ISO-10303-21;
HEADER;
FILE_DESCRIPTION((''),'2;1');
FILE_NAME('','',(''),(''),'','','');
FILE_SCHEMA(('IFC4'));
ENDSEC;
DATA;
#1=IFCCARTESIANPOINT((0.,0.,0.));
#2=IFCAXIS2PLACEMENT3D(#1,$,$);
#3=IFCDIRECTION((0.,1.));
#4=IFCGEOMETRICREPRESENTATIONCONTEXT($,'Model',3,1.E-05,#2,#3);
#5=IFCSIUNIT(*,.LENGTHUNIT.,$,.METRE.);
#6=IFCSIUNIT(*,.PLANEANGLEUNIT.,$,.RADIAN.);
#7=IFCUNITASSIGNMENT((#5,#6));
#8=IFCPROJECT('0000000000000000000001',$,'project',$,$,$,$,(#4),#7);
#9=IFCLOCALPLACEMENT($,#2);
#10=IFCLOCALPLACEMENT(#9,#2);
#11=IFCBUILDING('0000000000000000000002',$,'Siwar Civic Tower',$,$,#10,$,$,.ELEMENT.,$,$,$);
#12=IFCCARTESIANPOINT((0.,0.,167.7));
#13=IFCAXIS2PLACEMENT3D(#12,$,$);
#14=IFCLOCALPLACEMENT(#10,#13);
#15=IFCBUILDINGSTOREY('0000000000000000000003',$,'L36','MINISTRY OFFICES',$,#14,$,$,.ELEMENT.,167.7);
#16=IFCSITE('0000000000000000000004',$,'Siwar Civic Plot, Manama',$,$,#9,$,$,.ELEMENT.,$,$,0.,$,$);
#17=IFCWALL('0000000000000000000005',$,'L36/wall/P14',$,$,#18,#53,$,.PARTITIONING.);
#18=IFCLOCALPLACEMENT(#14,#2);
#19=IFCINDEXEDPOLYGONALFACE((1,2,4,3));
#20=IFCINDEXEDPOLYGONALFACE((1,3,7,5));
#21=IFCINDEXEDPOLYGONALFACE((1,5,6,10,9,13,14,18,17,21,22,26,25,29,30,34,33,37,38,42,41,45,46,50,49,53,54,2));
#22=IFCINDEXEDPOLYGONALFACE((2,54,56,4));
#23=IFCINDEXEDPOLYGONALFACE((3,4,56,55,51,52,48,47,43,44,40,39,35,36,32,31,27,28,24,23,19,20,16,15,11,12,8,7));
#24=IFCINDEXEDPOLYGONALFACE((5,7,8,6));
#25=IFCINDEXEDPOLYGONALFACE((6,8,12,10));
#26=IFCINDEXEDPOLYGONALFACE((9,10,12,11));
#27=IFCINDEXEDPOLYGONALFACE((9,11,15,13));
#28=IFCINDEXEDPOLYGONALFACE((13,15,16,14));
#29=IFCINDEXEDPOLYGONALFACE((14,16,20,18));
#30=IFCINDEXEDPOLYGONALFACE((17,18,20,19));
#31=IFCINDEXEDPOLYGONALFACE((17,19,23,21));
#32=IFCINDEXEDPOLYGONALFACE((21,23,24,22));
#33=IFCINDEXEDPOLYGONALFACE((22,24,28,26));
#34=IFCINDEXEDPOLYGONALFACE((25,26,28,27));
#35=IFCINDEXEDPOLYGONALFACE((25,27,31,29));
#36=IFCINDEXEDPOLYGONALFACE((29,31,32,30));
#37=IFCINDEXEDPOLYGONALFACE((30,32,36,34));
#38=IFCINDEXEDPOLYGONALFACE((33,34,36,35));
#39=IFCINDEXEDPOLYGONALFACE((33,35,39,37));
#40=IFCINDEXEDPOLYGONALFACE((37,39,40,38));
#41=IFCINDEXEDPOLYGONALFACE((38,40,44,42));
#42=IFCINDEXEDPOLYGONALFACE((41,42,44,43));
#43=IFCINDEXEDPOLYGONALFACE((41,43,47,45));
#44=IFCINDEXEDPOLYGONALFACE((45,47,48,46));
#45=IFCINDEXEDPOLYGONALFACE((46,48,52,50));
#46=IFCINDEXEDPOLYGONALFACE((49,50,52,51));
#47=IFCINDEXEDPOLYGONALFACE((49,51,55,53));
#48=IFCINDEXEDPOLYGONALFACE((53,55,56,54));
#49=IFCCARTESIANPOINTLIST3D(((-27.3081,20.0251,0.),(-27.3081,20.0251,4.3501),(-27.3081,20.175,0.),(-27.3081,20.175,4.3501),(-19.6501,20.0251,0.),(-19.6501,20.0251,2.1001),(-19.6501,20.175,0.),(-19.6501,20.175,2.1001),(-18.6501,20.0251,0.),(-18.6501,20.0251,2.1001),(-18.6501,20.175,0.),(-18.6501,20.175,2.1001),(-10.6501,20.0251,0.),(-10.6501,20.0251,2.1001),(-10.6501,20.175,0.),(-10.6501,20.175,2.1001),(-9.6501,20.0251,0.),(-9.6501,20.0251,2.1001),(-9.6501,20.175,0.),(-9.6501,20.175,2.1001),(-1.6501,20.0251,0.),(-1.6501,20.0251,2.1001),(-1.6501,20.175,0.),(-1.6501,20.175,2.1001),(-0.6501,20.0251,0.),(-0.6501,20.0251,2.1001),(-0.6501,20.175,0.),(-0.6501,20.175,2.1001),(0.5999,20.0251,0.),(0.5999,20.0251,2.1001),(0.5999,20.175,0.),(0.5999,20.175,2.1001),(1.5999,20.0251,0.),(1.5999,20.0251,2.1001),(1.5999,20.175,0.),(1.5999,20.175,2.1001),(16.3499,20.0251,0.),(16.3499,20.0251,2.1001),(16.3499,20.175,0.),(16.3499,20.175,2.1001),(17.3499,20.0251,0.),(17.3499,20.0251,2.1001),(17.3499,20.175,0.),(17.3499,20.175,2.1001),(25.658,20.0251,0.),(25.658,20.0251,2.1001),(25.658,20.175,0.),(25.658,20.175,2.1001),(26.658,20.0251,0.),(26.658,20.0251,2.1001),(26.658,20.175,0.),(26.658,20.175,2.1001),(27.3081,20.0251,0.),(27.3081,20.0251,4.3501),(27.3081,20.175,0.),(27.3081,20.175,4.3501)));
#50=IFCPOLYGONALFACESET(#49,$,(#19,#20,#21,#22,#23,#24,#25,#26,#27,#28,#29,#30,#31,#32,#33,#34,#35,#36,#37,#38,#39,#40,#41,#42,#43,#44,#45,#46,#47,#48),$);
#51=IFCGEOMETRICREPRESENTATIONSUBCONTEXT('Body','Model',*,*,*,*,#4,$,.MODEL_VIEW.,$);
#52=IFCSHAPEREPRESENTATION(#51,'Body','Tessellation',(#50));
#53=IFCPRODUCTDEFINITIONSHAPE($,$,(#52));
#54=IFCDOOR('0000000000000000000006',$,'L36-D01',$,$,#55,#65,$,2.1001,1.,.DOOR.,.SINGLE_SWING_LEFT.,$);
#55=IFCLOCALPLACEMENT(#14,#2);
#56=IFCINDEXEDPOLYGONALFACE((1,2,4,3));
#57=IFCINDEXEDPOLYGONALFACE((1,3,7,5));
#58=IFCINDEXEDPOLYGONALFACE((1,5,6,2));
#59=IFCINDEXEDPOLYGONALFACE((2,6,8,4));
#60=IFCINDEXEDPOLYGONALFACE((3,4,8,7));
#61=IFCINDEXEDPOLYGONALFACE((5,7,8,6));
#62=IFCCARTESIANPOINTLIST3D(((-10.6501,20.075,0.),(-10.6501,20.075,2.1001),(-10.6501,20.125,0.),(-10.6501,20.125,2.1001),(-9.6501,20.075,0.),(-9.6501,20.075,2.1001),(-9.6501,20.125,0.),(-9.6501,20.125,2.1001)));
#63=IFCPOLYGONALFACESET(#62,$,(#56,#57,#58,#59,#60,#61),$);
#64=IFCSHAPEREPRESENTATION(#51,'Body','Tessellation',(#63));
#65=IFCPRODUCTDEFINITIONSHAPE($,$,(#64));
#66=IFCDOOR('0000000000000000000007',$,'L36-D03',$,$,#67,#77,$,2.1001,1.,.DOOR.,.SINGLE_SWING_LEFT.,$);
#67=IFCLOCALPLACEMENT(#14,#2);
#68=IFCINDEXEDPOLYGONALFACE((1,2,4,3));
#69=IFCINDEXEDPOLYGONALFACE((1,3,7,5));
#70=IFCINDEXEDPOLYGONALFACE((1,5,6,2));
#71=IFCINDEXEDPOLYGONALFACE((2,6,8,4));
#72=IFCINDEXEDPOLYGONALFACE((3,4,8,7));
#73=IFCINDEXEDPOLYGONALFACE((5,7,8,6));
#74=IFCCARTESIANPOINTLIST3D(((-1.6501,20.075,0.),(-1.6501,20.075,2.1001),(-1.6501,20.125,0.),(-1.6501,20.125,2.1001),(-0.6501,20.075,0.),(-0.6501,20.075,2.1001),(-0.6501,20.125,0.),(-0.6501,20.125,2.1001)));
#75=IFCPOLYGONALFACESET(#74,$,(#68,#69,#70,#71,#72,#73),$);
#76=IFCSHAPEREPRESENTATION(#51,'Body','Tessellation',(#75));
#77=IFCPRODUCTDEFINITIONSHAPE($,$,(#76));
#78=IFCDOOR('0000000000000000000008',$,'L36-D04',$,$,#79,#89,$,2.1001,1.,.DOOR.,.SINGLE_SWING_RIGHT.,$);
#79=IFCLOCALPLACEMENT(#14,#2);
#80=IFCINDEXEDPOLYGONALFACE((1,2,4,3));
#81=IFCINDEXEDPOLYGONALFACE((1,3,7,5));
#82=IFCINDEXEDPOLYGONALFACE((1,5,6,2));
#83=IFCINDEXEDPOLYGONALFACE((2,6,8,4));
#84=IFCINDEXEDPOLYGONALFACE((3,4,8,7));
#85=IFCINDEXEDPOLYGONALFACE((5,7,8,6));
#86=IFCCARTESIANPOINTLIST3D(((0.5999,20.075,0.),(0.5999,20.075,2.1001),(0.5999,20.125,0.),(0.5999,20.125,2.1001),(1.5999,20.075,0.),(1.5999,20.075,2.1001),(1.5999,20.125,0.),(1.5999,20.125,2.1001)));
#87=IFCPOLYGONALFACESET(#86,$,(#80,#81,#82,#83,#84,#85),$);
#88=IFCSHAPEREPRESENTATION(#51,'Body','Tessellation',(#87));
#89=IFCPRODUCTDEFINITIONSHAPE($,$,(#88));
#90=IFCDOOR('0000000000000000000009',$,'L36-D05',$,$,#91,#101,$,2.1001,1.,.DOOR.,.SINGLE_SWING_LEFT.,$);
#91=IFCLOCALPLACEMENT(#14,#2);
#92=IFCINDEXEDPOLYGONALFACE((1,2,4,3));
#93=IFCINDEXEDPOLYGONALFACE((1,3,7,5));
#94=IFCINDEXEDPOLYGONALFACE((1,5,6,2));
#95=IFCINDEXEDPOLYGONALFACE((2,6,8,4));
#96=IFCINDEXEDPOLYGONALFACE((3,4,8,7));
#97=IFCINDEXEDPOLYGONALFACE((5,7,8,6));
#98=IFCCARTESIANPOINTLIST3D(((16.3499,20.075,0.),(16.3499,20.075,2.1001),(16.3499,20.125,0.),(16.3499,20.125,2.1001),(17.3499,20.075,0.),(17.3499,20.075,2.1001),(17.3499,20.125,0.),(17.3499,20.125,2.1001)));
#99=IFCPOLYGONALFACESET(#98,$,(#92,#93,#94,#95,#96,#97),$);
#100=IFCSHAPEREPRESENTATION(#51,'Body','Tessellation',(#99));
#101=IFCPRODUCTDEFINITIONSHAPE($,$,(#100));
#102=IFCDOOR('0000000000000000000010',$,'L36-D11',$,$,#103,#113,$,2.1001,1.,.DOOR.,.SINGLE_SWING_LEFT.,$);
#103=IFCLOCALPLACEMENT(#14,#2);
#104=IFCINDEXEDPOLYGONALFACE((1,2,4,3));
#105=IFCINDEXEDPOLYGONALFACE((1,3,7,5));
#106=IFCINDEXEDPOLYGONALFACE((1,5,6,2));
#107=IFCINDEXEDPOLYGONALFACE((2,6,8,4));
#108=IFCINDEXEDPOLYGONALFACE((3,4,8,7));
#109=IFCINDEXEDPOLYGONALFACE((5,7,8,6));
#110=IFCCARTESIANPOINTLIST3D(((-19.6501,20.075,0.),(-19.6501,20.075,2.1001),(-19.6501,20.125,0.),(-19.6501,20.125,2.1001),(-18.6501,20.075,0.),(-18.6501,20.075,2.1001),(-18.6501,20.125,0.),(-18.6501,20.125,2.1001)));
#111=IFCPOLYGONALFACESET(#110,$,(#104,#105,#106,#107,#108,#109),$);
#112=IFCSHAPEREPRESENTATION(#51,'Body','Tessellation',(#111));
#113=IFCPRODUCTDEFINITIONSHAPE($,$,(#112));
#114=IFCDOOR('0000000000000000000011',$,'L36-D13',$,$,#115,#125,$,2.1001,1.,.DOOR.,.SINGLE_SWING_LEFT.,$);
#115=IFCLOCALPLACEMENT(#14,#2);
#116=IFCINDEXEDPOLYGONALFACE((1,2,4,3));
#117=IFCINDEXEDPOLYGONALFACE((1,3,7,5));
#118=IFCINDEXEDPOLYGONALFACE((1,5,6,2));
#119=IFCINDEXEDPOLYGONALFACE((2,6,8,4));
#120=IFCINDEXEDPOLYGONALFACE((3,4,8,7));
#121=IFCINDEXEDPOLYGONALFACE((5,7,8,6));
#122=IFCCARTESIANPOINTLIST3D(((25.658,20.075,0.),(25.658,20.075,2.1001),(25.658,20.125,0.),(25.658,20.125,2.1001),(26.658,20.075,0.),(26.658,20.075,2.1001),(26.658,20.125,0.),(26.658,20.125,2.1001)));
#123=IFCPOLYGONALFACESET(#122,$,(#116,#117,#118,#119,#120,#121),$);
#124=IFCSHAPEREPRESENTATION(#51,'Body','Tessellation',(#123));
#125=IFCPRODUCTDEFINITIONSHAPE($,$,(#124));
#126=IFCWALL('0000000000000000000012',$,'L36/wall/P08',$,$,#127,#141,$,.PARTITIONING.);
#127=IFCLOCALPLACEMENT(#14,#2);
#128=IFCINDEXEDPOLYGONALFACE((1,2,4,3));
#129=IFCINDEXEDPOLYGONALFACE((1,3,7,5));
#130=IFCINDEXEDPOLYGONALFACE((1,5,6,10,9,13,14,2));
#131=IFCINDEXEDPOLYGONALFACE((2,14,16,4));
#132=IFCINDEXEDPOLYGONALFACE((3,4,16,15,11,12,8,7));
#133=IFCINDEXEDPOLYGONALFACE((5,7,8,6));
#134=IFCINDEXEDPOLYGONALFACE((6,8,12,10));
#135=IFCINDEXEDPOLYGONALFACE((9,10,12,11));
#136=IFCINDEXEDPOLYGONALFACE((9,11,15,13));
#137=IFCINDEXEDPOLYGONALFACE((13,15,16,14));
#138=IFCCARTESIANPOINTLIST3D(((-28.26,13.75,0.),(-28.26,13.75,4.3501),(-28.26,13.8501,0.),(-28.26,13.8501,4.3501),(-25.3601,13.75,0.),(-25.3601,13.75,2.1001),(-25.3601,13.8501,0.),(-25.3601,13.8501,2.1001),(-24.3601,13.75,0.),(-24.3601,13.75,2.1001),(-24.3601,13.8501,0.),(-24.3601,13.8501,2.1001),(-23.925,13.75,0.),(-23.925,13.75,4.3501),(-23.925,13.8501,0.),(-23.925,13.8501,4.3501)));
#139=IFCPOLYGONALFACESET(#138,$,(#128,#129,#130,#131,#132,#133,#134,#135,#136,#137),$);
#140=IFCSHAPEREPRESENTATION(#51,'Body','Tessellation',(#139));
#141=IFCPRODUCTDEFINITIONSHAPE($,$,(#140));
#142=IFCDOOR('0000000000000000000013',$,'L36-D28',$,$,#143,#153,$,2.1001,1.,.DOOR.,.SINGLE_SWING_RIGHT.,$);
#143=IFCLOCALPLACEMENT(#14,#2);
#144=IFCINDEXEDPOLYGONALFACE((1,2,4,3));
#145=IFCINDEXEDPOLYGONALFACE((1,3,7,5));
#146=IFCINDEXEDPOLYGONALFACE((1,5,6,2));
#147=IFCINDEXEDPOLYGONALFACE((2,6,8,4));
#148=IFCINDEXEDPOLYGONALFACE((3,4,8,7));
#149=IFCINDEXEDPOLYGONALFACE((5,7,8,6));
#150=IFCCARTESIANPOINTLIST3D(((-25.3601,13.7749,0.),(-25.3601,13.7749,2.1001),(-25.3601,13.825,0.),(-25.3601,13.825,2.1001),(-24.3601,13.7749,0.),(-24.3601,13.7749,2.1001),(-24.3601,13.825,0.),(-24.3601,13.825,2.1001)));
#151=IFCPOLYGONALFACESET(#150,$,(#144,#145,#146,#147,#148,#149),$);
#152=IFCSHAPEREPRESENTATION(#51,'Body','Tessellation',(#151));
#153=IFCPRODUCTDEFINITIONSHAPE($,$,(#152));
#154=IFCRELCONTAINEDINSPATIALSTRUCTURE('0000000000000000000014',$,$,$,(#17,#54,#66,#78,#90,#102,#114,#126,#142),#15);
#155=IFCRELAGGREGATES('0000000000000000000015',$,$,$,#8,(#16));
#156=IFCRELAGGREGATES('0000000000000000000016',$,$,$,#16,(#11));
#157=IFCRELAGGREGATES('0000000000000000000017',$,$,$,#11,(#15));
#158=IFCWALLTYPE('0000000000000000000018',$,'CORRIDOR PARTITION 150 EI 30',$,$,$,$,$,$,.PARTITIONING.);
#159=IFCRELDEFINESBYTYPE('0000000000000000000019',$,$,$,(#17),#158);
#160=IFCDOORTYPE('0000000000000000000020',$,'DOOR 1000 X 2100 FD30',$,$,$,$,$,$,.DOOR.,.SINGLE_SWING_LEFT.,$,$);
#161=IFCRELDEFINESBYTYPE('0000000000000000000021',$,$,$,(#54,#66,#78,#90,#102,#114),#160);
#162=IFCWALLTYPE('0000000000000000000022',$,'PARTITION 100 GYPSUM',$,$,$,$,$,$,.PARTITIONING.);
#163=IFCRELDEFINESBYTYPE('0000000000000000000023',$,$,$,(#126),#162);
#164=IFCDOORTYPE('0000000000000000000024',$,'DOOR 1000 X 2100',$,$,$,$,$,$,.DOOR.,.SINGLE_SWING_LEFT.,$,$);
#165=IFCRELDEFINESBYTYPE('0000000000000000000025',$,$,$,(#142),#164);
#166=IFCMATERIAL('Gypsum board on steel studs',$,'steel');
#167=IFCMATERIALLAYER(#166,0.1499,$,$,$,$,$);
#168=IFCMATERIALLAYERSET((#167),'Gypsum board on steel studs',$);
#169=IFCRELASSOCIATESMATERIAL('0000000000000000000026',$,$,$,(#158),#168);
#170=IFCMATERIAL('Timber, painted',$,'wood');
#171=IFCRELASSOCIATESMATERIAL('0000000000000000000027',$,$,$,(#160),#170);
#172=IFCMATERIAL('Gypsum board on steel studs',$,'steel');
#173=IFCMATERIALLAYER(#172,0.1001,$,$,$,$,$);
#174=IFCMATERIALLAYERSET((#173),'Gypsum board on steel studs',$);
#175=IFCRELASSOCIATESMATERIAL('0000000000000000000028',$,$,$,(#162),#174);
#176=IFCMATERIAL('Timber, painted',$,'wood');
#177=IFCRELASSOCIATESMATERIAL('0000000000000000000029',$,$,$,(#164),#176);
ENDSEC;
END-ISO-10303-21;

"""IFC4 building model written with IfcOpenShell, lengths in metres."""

from ifc_helpers import new_model, si_unit, direction, frame, frame_2d, origin, place, context, subcontext, project, spatial, rectangle, extrude, material, layer, layer_set, type_object, element, fill, save


model = new_model("IFC4")

# Units and contexts
model_context = context("Model", 3, precision=1e-05, world=origin(), true_north=direction((0.0, 1.0)))
body_context = subcontext(model_context, "Body", "Model", "MODEL_VIEW")
ifc_project = project(units=[si_unit("LENGTHUNIT", "METRE"), si_unit("PLANEANGLEUNIT", "RADIAN")], contexts=[model_context])

# Site, building, storey
site_placement = place(None, origin())
site = spatial("IfcSite", under=ifc_project, at=site_placement, Name="Siwar Civic Plot, Manama", CompositionType="ELEMENT", RefElevation=0.0)
building_placement = place(site_placement, origin())
building = spatial("IfcBuilding", under=site, at=building_placement, Name="Siwar Civic Tower", CompositionType="ELEMENT")
storey_placement = place(building_placement, frame((0.0, 0.0, 167.7)))
storey = spatial("IfcBuildingStorey", under=building, at=storey_placement, Name="L36", Description="MINISTRY OFFICES", CompositionType="ELEMENT", Elevation=167.7)

# Shared definitions
ifc_material_1 = material(Name="Gypsum board on steel studs", Category="steel")
ifc_layer_1 = layer(ifc_material_1, 0.1499)
ifc_layer_set_1 = layer_set([ifc_layer_1], Name="Gypsum board on steel studs")
wall_type_1 = type_object("IfcWallType", Name="CORRIDOR PARTITION 150 EI 30", PredefinedType="PARTITIONING", material=ifc_layer_set_1)
ifc_material_2 = material(Name="Timber, painted", Category="wood")
door_type_1 = type_object("IfcDoorType", Name="DOOR 1000 X 2100 FD30", OperationType="SINGLE_SWING_LEFT", PredefinedType="DOOR", material=ifc_material_2)

# Wall, openings, doors
wall_1_placement = place(storey_placement, frame((-27.3081, 20.1001, 0.0), z_axis=(0.0, 0.0, 1.0), x_axis=(1.0, 0.0, 0.0)))
wall_1 = element("IfcWall", 1, at=wall_1_placement, inside=storey, type_object=wall_type_1, Name="L36/wall/P14", PredefinedType="PARTITIONING", context=body_context, shape_type="SweptSolid", body=[
    extrude(rectangle(XDim=54.6162, YDim=0.1499, at=frame_2d((27.3081, 0.0))), origin(), (0.0, 0.0, 1.0), 4.3501),
])
opening_1_placement = place(wall_1_placement, frame((16.658, 0.0, 0.0)))
opening_1 = element("IfcOpeningElement", 2, at=opening_1_placement, cuts=wall_1, PredefinedType="OPENING", context=body_context, shape_type="SweptSolid", body=[
    extrude(rectangle(XDim=1.0, YDim=2.1001, at=frame_2d((0.5, 1.05))), frame((0.0, 0.085, 0.0), z_axis=(0.0, -1.0, 0.0), x_axis=(1.0, 0.0, 0.0)), (0.0, 0.0, 1.0), 0.1699),
])
opening_2_placement = place(wall_1_placement, frame((25.658, 0.0, 0.0)))
opening_2 = element("IfcOpeningElement", 3, at=opening_2_placement, cuts=wall_1, PredefinedType="OPENING", context=body_context, shape_type="SweptSolid", body=[
    extrude(rectangle(XDim=1.0, YDim=2.1001, at=frame_2d((0.5, 1.05))), frame((0.0, 0.085, 0.0), z_axis=(0.0, -1.0, 0.0), x_axis=(1.0, 0.0, 0.0)), (0.0, 0.0, 1.0), 0.1699),
])
opening_3_placement = place(wall_1_placement, frame((27.908, 0.0, 0.0)))
opening_3 = element("IfcOpeningElement", 4, at=opening_3_placement, cuts=wall_1, PredefinedType="OPENING", context=body_context, shape_type="SweptSolid", body=[
    extrude(rectangle(XDim=1.0, YDim=2.1001, at=frame_2d((0.5, 1.05))), frame((0.0, 0.085, 0.0), z_axis=(0.0, -1.0, 0.0), x_axis=(1.0, 0.0, 0.0)), (0.0, 0.0, 1.0), 0.1699),
])
opening_4_placement = place(wall_1_placement, frame((43.658, 0.0, 0.0)))
opening_4 = element("IfcOpeningElement", 5, at=opening_4_placement, cuts=wall_1, PredefinedType="OPENING", context=body_context, shape_type="SweptSolid", body=[
    extrude(rectangle(XDim=1.0, YDim=2.1001, at=frame_2d((0.5, 1.05))), frame((0.0, 0.085, 0.0), z_axis=(0.0, -1.0, 0.0), x_axis=(1.0, 0.0, 0.0)), (0.0, 0.0, 1.0), 0.1699),
])
opening_5_placement = place(wall_1_placement, frame((7.658, 0.0, 0.0)))
opening_5 = element("IfcOpeningElement", 6, at=opening_5_placement, cuts=wall_1, PredefinedType="OPENING", context=body_context, shape_type="SweptSolid", body=[
    extrude(rectangle(XDim=1.0, YDim=2.1001, at=frame_2d((0.5, 1.05))), frame((0.0, 0.085, 0.0), z_axis=(0.0, -1.0, 0.0), x_axis=(1.0, 0.0, 0.0)), (0.0, 0.0, 1.0), 0.1699),
])
opening_6_placement = place(wall_1_placement, frame((52.9661, 0.0, 0.0)))
opening_6 = element("IfcOpeningElement", 7, at=opening_6_placement, cuts=wall_1, PredefinedType="OPENING", context=body_context, shape_type="SweptSolid", body=[
    extrude(rectangle(XDim=1.0, YDim=2.1001, at=frame_2d((0.5, 1.05))), frame((0.0, 0.085, 0.0), z_axis=(0.0, -1.0, 0.0), x_axis=(1.0, 0.0, 0.0)), (0.0, 0.0, 1.0), 0.1699),
])
door_1_placement = place(opening_1_placement, origin())
door_1 = element("IfcDoor", 8, at=door_1_placement, inside=storey, type_object=door_type_1, Name="L36-D01", OperationType="SINGLE_SWING_LEFT", OverallHeight=2.1001, OverallWidth=1.0, PredefinedType="DOOR", context=body_context, shape_type="SweptSolid", body=[
    extrude(rectangle(XDim=1.0, YDim=2.1001, at=frame_2d((0.5, 1.05))), frame((0.0, 0.0249, 0.0), z_axis=(0.0, -1.0, 0.0), x_axis=(1.0, 0.0, 0.0)), (0.0, 0.0, 1.0), 0.05),
])
fill(opening_1, door_1)
door_2_placement = place(opening_2_placement, origin())
door_2 = element("IfcDoor", 9, at=door_2_placement, inside=storey, type_object=door_type_1, Name="L36-D03", OperationType="SINGLE_SWING_LEFT", OverallHeight=2.1001, OverallWidth=1.0, PredefinedType="DOOR", context=body_context, shape_type="SweptSolid", body=[
    extrude(rectangle(XDim=1.0, YDim=2.1001, at=frame_2d((0.5, 1.05))), frame((0.0, 0.0249, 0.0), z_axis=(0.0, -1.0, 0.0), x_axis=(1.0, 0.0, 0.0)), (0.0, 0.0, 1.0), 0.05),
])
fill(opening_2, door_2)
door_3_placement = place(opening_3_placement, origin())
door_3 = element("IfcDoor", 10, at=door_3_placement, inside=storey, type_object=door_type_1, Name="L36-D04", OperationType="SINGLE_SWING_RIGHT", OverallHeight=2.1001, OverallWidth=1.0, PredefinedType="DOOR", context=body_context, shape_type="SweptSolid", body=[
    extrude(rectangle(XDim=1.0, YDim=2.1001, at=frame_2d((0.5, 1.05))), frame((0.0, 0.0249, 0.0), z_axis=(0.0, -1.0, 0.0), x_axis=(1.0, 0.0, 0.0)), (0.0, 0.0, 1.0), 0.05),
])
fill(opening_3, door_3)
door_4_placement = place(opening_4_placement, origin())
door_4 = element("IfcDoor", 11, at=door_4_placement, inside=storey, type_object=door_type_1, Name="L36-D05", OperationType="SINGLE_SWING_LEFT", OverallHeight=2.1001, OverallWidth=1.0, PredefinedType="DOOR", context=body_context, shape_type="SweptSolid", body=[
    extrude(rectangle(XDim=1.0, YDim=2.1001, at=frame_2d((0.5, 1.05))), frame((0.0, 0.0249, 0.0), z_axis=(0.0, -1.0, 0.0), x_axis=(1.0, 0.0, 0.0)), (0.0, 0.0, 1.0), 0.05),
])
fill(opening_4, door_4)
door_5_placement = place(opening_5_placement, origin())
door_5 = element("IfcDoor", 12, at=door_5_placement, inside=storey, type_object=door_type_1, Name="L36-D11", OperationType="SINGLE_SWING_LEFT", OverallHeight=2.1001, OverallWidth=1.0, PredefinedType="DOOR", context=body_context, shape_type="SweptSolid", body=[
    extrude(rectangle(XDim=1.0, YDim=2.1001, at=frame_2d((0.5, 1.05))), frame((0.0, 0.0249, 0.0), z_axis=(0.0, -1.0, 0.0), x_axis=(1.0, 0.0, 0.0)), (0.0, 0.0, 1.0), 0.05),
])
fill(opening_5, door_5)
door_6_placement = place(opening_6_placement, origin())
door_6 = element("IfcDoor", 13, at=door_6_placement, inside=storey, type_object=door_type_1, Name="L36-D13", OperationType="SINGLE_SWING_LEFT", OverallHeight=2.1001, OverallWidth=1.0, PredefinedType="DOOR", context=body_context, shape_type="SweptSolid", body=[
    extrude(rectangle(XDim=1.0, YDim=2.1001, at=frame_2d((0.5, 1.05))), frame((0.0, 0.0249, 0.0), z_axis=(0.0, -1.0, 0.0), x_axis=(1.0, 0.0, 0.0)), (0.0, 0.0, 1.0), 0.05),
])
fill(opening_6, door_6)

# Wall, opening, door
ifc_material_3 = material(Name="Gypsum board on steel studs", Category="steel")
ifc_layer_2 = layer(ifc_material_3, 0.1001)
ifc_layer_set_2 = layer_set([ifc_layer_2], Name="Gypsum board on steel studs")
wall_type_2 = type_object("IfcWallType", Name="PARTITION 100 GYPSUM", PredefinedType="PARTITIONING", material=ifc_layer_set_2)
wall_2_placement = place(storey_placement, frame((-28.26, 13.8, 0.0), z_axis=(0.0, 0.0, 1.0), x_axis=(1.0, 0.0, 0.0)))
wall_2 = element("IfcWall", 14, at=wall_2_placement, inside=storey, type_object=wall_type_2, Name="L36/wall/P08", PredefinedType="PARTITIONING", context=body_context, shape_type="SweptSolid", body=[
    extrude(rectangle(XDim=4.335, YDim=0.1001, at=frame_2d((2.1675, 0.0))), origin(), (0.0, 0.0, 1.0), 4.3501),
])
opening_7_placement = place(wall_2_placement, frame((2.8999, 0.0, 0.0)))
opening_7 = element("IfcOpeningElement", 15, at=opening_7_placement, cuts=wall_2, PredefinedType="OPENING", context=body_context, shape_type="SweptSolid", body=[
    extrude(rectangle(XDim=1.0, YDim=2.1001, at=frame_2d((0.5, 1.05))), frame((0.0, 0.0601, 0.0), z_axis=(0.0, -1.0, 0.0), x_axis=(1.0, 0.0, 0.0)), (0.0, 0.0, 1.0), 0.1201),
])
ifc_material_4 = material(Name="Timber, painted", Category="wood")
door_type_2 = type_object("IfcDoorType", Name="DOOR 1000 X 2100", OperationType="SINGLE_SWING_LEFT", PredefinedType="DOOR", material=ifc_material_4)
door_7_placement = place(opening_7_placement, origin())
door_7 = element("IfcDoor", 16, at=door_7_placement, inside=storey, type_object=door_type_2, Name="L36-D28", OperationType="SINGLE_SWING_RIGHT", OverallHeight=2.1001, OverallWidth=1.0, PredefinedType="DOOR", context=body_context, shape_type="SweptSolid", body=[
    extrude(rectangle(XDim=1.0, YDim=2.1001, at=frame_2d((0.5, 1.05))), frame((0.0, 0.0249, 0.0), z_axis=(0.0, -1.0, 0.0), x_axis=(1.0, 0.0, 0.0)), (0.0, 0.0, 1.0), 0.05),
])
fill(opening_7, door_7)

save(model, "model.ifc")
